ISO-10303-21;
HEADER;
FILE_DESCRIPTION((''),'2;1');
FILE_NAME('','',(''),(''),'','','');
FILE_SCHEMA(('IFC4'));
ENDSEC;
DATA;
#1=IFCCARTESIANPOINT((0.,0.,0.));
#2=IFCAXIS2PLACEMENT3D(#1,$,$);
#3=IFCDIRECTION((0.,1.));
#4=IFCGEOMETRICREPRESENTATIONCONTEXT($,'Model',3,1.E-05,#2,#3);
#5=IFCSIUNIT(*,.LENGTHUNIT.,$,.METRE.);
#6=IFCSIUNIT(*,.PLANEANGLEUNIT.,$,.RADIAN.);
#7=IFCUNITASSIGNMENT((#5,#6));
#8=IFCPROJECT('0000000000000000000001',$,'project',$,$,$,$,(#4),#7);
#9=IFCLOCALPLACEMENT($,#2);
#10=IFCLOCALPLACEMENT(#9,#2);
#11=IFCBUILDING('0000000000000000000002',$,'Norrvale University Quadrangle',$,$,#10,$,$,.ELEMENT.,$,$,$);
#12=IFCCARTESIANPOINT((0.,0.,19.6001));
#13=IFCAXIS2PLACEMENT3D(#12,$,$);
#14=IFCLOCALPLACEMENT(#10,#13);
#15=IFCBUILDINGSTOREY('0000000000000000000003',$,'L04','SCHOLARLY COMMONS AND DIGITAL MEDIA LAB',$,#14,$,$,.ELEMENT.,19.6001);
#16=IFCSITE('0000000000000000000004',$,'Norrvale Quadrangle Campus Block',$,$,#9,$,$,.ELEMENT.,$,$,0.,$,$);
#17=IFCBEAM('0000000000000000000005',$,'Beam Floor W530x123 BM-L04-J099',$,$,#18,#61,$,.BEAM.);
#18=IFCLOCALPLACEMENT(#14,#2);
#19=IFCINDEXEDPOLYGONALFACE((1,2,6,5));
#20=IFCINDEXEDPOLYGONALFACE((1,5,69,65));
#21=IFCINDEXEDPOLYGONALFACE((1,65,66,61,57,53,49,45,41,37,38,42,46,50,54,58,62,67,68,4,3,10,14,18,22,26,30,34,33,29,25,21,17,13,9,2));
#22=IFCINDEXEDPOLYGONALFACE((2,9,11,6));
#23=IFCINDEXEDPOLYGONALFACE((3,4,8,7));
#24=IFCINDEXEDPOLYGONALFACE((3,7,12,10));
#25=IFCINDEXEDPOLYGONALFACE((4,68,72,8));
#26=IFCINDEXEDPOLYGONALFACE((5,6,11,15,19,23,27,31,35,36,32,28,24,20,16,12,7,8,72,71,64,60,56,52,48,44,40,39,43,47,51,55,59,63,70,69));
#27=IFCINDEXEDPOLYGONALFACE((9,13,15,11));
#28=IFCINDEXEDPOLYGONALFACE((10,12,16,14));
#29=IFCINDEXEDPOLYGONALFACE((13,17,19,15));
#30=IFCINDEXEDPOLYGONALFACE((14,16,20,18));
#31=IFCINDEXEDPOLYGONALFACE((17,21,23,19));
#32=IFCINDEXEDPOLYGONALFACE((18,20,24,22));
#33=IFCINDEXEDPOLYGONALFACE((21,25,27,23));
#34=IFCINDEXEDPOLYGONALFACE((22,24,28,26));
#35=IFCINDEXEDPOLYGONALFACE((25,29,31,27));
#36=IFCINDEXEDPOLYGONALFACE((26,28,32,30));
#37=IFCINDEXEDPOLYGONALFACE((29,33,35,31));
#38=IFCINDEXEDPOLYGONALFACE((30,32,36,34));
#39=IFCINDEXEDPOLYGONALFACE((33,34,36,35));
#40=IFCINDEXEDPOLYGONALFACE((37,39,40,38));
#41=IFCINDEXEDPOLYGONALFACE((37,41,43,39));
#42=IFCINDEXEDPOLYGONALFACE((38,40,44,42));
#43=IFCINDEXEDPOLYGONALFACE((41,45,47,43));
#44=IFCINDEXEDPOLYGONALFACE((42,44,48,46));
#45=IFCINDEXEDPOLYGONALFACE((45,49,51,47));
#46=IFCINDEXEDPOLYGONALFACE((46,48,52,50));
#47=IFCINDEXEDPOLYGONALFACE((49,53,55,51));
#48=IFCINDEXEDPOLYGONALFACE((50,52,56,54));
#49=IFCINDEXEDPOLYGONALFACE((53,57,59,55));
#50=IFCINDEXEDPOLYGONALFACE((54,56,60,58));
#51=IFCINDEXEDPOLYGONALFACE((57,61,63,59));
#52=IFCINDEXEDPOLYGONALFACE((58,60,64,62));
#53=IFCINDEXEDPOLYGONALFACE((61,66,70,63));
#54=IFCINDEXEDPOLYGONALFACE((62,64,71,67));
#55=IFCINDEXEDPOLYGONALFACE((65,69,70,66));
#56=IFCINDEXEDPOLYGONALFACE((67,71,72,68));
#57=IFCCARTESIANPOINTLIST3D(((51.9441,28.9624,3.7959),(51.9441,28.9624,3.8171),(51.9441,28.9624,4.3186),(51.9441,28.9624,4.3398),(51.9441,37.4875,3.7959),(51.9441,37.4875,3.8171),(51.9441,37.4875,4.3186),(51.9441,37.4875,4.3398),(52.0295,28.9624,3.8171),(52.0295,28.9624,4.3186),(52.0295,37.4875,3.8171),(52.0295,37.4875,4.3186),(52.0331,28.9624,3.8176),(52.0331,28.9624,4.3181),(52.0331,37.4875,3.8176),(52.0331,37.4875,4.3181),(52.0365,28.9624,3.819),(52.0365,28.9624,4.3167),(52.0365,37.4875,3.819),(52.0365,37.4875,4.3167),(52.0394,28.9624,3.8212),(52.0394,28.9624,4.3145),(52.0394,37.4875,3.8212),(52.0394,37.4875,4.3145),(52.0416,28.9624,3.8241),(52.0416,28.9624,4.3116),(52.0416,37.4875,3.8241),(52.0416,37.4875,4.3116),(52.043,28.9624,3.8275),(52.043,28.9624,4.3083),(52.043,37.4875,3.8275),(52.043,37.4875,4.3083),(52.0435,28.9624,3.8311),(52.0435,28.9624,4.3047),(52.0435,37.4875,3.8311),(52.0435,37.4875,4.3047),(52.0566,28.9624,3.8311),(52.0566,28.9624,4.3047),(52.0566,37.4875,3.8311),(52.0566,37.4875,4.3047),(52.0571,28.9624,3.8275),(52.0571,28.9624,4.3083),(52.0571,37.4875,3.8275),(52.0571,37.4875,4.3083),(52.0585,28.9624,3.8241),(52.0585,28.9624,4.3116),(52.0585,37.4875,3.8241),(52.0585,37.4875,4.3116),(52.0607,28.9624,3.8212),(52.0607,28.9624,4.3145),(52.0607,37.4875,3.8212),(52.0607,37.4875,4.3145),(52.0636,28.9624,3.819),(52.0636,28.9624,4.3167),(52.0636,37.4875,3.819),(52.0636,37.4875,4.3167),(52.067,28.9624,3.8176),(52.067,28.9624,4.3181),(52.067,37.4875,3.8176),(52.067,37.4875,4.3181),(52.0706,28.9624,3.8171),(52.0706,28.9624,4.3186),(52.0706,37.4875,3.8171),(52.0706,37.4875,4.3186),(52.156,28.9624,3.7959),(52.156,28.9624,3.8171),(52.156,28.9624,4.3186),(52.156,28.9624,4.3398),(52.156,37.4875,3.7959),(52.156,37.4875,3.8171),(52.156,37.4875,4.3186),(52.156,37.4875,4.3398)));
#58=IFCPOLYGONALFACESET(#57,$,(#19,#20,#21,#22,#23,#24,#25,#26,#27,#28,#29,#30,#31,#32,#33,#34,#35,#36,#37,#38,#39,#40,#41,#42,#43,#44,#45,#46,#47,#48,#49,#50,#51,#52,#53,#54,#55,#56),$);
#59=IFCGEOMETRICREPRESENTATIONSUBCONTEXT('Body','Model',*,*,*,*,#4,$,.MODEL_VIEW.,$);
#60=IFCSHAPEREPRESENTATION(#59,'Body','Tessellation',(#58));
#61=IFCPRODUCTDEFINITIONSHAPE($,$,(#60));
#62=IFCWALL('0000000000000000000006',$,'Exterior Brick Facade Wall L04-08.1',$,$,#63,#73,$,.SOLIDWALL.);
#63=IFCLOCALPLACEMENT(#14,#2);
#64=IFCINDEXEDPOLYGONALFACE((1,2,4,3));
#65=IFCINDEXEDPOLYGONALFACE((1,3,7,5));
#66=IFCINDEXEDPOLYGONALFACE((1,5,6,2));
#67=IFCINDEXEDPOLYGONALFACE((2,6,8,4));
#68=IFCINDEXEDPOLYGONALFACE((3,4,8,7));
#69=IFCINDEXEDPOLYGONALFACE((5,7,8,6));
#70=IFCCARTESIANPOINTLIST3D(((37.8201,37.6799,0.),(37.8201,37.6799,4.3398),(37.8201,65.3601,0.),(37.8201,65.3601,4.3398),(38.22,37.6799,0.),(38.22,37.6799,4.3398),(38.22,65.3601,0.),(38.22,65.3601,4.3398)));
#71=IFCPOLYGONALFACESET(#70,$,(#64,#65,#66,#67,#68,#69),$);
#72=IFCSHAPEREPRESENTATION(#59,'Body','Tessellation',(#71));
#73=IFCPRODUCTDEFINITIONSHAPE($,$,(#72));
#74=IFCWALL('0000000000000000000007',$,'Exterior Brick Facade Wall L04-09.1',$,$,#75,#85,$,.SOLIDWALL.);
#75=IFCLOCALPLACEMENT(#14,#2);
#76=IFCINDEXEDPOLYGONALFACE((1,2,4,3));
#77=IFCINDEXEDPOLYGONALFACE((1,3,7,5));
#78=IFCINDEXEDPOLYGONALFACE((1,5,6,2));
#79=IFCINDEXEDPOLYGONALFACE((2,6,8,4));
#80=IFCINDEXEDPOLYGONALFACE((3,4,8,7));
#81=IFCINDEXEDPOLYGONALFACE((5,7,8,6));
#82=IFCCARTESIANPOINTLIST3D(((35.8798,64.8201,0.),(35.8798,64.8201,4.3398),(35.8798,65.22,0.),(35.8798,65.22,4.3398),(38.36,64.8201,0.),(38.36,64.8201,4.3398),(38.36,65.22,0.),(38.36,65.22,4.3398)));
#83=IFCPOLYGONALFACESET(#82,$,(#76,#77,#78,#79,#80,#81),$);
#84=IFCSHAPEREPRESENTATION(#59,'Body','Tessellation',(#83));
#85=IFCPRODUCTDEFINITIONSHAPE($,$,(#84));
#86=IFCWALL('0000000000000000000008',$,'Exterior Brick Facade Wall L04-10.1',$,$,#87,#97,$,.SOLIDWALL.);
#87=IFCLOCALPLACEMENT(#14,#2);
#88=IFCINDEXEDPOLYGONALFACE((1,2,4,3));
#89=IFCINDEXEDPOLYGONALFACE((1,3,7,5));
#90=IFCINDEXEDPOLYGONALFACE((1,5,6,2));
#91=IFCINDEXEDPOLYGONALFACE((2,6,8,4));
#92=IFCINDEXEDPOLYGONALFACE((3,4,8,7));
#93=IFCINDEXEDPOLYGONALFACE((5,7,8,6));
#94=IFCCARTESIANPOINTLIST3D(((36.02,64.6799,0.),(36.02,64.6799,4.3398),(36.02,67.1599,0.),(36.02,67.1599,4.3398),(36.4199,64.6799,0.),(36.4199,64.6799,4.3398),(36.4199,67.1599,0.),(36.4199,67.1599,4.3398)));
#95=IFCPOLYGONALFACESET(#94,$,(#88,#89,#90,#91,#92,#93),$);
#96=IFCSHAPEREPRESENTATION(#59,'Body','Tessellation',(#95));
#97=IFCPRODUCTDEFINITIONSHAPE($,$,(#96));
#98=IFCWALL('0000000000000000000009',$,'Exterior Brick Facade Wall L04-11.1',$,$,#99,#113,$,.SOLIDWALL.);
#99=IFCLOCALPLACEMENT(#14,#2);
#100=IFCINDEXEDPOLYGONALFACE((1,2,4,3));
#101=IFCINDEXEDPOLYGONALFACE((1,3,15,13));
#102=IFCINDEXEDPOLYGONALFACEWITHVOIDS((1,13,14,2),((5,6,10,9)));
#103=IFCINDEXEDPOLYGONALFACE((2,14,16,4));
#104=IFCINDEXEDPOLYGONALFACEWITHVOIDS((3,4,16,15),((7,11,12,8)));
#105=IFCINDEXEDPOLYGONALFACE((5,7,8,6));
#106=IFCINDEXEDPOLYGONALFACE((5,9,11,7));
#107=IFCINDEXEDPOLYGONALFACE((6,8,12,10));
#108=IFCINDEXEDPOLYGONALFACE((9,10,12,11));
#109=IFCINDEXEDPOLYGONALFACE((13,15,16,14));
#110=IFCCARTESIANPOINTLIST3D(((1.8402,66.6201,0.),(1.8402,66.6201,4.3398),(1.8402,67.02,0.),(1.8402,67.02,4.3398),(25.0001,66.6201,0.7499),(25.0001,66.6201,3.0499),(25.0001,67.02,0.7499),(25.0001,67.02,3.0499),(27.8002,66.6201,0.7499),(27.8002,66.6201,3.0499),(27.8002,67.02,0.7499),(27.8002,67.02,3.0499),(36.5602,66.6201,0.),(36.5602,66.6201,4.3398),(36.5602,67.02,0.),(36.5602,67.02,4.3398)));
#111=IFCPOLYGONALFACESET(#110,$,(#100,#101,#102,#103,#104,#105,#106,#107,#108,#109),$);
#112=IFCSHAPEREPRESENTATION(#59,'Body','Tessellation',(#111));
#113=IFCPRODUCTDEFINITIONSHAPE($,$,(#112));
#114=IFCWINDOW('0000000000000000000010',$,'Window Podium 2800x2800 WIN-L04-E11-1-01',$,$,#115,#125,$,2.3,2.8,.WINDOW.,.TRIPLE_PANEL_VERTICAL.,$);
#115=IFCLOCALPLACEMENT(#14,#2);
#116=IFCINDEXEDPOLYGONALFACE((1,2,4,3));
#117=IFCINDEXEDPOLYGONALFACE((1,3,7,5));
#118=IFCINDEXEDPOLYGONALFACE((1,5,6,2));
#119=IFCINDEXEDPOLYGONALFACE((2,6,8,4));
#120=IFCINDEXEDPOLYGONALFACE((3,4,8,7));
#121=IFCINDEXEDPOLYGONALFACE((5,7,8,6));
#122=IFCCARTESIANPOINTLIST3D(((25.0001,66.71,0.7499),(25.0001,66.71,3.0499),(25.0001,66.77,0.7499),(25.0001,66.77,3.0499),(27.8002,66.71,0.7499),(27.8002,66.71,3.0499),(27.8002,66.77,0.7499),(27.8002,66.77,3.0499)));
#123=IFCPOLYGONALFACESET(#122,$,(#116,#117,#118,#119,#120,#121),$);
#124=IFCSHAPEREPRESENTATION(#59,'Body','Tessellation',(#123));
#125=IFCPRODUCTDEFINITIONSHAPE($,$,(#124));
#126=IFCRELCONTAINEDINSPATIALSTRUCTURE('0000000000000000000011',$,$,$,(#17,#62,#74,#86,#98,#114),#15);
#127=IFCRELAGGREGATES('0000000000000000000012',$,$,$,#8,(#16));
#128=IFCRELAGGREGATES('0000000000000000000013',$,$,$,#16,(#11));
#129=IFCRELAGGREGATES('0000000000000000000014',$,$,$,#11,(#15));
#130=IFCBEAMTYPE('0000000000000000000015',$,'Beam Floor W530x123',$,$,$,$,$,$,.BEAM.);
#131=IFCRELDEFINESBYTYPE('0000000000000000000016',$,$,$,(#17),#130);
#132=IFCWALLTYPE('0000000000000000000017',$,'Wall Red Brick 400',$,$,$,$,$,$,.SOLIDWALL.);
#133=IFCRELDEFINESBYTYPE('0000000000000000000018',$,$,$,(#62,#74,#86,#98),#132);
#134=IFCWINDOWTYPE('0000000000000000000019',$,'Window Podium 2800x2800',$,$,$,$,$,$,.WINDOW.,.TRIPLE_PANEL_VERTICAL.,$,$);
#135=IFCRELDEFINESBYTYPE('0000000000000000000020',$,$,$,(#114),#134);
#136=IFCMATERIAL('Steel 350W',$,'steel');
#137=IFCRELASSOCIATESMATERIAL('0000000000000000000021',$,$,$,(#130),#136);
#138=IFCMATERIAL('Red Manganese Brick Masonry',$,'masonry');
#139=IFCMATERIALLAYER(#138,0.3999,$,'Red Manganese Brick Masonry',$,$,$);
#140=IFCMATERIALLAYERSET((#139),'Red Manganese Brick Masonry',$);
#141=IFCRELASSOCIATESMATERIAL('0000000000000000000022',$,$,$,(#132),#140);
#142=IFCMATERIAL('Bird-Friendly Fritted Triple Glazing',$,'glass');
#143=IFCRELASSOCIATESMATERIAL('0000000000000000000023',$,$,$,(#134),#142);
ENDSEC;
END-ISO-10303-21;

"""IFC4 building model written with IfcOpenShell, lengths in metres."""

from ifc_helpers import new_model, si_unit, direction, frame, frame_2d, origin, origin_2d, place, context, subcontext, project, spatial, rectangle, i_section, extrude, material, layer, layer_set, material_profile, profile_set, type_object, element, fill, save


model = new_model("IFC4")

# Units and contexts
model_context = context("Model", 3, precision=1e-05, world=origin(), true_north=direction((0.0, 1.0)))
body_context = subcontext(model_context, "Body", "Model", "MODEL_VIEW")
ifc_project = project(units=[si_unit("LENGTHUNIT", "METRE"), si_unit("PLANEANGLEUNIT", "RADIAN")], contexts=[model_context])

# Site, building, storey
site_placement = place(None, origin())
site = spatial("IfcSite", under=ifc_project, at=site_placement, Name="Norrvale Quadrangle Campus Block", CompositionType="ELEMENT", RefElevation=0.0)
building_placement = place(site_placement, origin())
building = spatial("IfcBuilding", under=site, at=building_placement, Name="Norrvale University Quadrangle", CompositionType="ELEMENT")
storey_placement = place(building_placement, frame((0.0, 0.0, 19.6001)))
storey = spatial("IfcBuildingStorey", under=building, at=storey_placement, Name="L04", Description="SCHOLARLY COMMONS AND DIGITAL MEDIA LAB", CompositionType="ELEMENT", Elevation=19.6001)

# Beam
ifc_material_1 = material(Name="Steel 350W", Category="steel")
ifc_material_profile_1 = material_profile(ifc_material_1, i_section(OverallWidth=0.2119, OverallDepth=0.5439, WebThickness=0.0132, FlangeThickness=0.0212, FilletRadius=0.0139, at=origin_2d()), Name="Steel 350W")
ifc_profile_set_1 = profile_set([ifc_material_profile_1], Name="Steel 350W")
beam_type_1 = type_object("IfcBeamType", Name="Beam Floor W530x123", PredefinedType="BEAM", material=ifc_profile_set_1)
beam_1_placement = place(storey_placement, frame((52.05, 28.9624, 4.0679), z_axis=(0.0, 1.0, 0.0), x_axis=(-1.0, 0.0, 0.0)))
element("IfcBeam", 1, at=beam_1_placement, inside=storey, type_object=beam_type_1, Name="Beam Floor W530x123 BM-L04-J099", PredefinedType="BEAM", context=body_context, shape_type="SweptSolid", body=[
    extrude(i_section(OverallWidth=0.2119, OverallDepth=0.5439, WebThickness=0.0132, FlangeThickness=0.0212, FilletRadius=0.0139, at=origin_2d()), origin(), (0.0, 0.0, 1.0), 8.5251),
])

# Walls
ifc_material_2 = material(Name="Red Manganese Brick Masonry", Category="masonry")
ifc_layer = layer(ifc_material_2, 0.3999, Name="Red Manganese Brick Masonry")
ifc_layer_set = layer_set([ifc_layer], Name="Red Manganese Brick Masonry")
wall_type = type_object("IfcWallType", Name="Wall Red Brick 400", PredefinedType="SOLIDWALL", material=ifc_layer_set)
wall_1_placement = place(storey_placement, frame((38.02, 37.6799, 0.0), z_axis=(0.0, 0.0, 1.0), x_axis=(0.0, 1.0, 0.0)))
element("IfcWall", 2, at=wall_1_placement, inside=storey, type_object=wall_type, Name="Exterior Brick Facade Wall L04-08.1", PredefinedType="SOLIDWALL", context=body_context, shape_type="SweptSolid", body=[
    extrude(rectangle(XDim=27.6802, YDim=0.3999, at=frame_2d((13.8401, 0.0))), origin(), (0.0, 0.0, 1.0), 4.3398),
])
wall_2_placement = place(storey_placement, frame((38.3601, 65.02, 0.0), z_axis=(0.0, 0.0, 1.0), x_axis=(-1.0, 0.0, 0.0)))
element("IfcWall", 3, at=wall_2_placement, inside=storey, type_object=wall_type, Name="Exterior Brick Facade Wall L04-09.1", PredefinedType="SOLIDWALL", context=body_context, shape_type="SweptSolid", body=[
    extrude(rectangle(XDim=2.4802, YDim=0.3999, at=frame_2d((1.2402, 0.0))), origin(), (0.0, 0.0, 1.0), 4.3398),
])
wall_3_placement = place(storey_placement, frame((36.22, 64.6799, 0.0), z_axis=(0.0, 0.0, 1.0), x_axis=(0.0, 1.0, 0.0)))
element("IfcWall", 4, at=wall_3_placement, inside=storey, type_object=wall_type, Name="Exterior Brick Facade Wall L04-10.1", PredefinedType="SOLIDWALL", context=body_context, shape_type="SweptSolid", body=[
    extrude(rectangle(XDim=2.48, YDim=0.3999, at=frame_2d((1.24, 0.0))), origin(), (0.0, 0.0, 1.0), 4.3398),
])

# Wall, opening, window
wall_4_placement = place(storey_placement, frame((36.5601, 66.8201, 0.0), z_axis=(0.0, 0.0, 1.0), x_axis=(-1.0, 0.0, 0.0)))
wall_4 = element("IfcWall", 5, at=wall_4_placement, inside=storey, type_object=wall_type, Name="Exterior Brick Facade Wall L04-11.1", PredefinedType="SOLIDWALL", context=body_context, shape_type="SweptSolid", body=[
    extrude(rectangle(XDim=34.72, YDim=0.3999, at=frame_2d((17.3599, 0.0))), origin(), (0.0, 0.0, 1.0), 4.3398),
])
opening_placement = place(wall_4_placement, frame((8.76, 0.0, 0.75)))
opening = element("IfcOpeningElement", 6, at=opening_placement, cuts=wall_4, PredefinedType="OPENING", context=body_context, shape_type="SweptSolid", body=[
    extrude(rectangle(XDim=2.8, YDim=2.3, at=frame_2d((1.3999, 1.1499))), frame((0.0, 0.2119, 0.0), z_axis=(0.0, -1.0, 0.0), x_axis=(1.0, 0.0, 0.0)), (0.0, 0.0, 1.0), 0.4238),
])
ifc_material_3 = material(Name="Bird-Friendly Fritted Triple Glazing", Category="glass")
window_type = type_object("IfcWindowType", Name="Window Podium 2800x2800", PartitioningType="TRIPLE_PANEL_VERTICAL", PredefinedType="WINDOW", material=ifc_material_3)
window_placement = place(opening_placement, origin())
window = element("IfcWindow", 7, at=window_placement, inside=storey, type_object=window_type, Name="Window Podium 2800x2800 WIN-L04-E11-1-01", OverallHeight=2.3, OverallWidth=2.8, PartitioningType="TRIPLE_PANEL_VERTICAL", PredefinedType="WINDOW", context=body_context, shape_type="SweptSolid", body=[
    extrude(rectangle(XDim=2.8, YDim=2.3, at=frame_2d((1.3999, 1.1499))), frame((0.0, 0.1101, 0.0), z_axis=(0.0, -1.0, 0.0), x_axis=(1.0, 0.0, 0.0)), (0.0, 0.0, 1.0), 0.0601),
])
fill(opening, window)

save(model, "model.ifc")
